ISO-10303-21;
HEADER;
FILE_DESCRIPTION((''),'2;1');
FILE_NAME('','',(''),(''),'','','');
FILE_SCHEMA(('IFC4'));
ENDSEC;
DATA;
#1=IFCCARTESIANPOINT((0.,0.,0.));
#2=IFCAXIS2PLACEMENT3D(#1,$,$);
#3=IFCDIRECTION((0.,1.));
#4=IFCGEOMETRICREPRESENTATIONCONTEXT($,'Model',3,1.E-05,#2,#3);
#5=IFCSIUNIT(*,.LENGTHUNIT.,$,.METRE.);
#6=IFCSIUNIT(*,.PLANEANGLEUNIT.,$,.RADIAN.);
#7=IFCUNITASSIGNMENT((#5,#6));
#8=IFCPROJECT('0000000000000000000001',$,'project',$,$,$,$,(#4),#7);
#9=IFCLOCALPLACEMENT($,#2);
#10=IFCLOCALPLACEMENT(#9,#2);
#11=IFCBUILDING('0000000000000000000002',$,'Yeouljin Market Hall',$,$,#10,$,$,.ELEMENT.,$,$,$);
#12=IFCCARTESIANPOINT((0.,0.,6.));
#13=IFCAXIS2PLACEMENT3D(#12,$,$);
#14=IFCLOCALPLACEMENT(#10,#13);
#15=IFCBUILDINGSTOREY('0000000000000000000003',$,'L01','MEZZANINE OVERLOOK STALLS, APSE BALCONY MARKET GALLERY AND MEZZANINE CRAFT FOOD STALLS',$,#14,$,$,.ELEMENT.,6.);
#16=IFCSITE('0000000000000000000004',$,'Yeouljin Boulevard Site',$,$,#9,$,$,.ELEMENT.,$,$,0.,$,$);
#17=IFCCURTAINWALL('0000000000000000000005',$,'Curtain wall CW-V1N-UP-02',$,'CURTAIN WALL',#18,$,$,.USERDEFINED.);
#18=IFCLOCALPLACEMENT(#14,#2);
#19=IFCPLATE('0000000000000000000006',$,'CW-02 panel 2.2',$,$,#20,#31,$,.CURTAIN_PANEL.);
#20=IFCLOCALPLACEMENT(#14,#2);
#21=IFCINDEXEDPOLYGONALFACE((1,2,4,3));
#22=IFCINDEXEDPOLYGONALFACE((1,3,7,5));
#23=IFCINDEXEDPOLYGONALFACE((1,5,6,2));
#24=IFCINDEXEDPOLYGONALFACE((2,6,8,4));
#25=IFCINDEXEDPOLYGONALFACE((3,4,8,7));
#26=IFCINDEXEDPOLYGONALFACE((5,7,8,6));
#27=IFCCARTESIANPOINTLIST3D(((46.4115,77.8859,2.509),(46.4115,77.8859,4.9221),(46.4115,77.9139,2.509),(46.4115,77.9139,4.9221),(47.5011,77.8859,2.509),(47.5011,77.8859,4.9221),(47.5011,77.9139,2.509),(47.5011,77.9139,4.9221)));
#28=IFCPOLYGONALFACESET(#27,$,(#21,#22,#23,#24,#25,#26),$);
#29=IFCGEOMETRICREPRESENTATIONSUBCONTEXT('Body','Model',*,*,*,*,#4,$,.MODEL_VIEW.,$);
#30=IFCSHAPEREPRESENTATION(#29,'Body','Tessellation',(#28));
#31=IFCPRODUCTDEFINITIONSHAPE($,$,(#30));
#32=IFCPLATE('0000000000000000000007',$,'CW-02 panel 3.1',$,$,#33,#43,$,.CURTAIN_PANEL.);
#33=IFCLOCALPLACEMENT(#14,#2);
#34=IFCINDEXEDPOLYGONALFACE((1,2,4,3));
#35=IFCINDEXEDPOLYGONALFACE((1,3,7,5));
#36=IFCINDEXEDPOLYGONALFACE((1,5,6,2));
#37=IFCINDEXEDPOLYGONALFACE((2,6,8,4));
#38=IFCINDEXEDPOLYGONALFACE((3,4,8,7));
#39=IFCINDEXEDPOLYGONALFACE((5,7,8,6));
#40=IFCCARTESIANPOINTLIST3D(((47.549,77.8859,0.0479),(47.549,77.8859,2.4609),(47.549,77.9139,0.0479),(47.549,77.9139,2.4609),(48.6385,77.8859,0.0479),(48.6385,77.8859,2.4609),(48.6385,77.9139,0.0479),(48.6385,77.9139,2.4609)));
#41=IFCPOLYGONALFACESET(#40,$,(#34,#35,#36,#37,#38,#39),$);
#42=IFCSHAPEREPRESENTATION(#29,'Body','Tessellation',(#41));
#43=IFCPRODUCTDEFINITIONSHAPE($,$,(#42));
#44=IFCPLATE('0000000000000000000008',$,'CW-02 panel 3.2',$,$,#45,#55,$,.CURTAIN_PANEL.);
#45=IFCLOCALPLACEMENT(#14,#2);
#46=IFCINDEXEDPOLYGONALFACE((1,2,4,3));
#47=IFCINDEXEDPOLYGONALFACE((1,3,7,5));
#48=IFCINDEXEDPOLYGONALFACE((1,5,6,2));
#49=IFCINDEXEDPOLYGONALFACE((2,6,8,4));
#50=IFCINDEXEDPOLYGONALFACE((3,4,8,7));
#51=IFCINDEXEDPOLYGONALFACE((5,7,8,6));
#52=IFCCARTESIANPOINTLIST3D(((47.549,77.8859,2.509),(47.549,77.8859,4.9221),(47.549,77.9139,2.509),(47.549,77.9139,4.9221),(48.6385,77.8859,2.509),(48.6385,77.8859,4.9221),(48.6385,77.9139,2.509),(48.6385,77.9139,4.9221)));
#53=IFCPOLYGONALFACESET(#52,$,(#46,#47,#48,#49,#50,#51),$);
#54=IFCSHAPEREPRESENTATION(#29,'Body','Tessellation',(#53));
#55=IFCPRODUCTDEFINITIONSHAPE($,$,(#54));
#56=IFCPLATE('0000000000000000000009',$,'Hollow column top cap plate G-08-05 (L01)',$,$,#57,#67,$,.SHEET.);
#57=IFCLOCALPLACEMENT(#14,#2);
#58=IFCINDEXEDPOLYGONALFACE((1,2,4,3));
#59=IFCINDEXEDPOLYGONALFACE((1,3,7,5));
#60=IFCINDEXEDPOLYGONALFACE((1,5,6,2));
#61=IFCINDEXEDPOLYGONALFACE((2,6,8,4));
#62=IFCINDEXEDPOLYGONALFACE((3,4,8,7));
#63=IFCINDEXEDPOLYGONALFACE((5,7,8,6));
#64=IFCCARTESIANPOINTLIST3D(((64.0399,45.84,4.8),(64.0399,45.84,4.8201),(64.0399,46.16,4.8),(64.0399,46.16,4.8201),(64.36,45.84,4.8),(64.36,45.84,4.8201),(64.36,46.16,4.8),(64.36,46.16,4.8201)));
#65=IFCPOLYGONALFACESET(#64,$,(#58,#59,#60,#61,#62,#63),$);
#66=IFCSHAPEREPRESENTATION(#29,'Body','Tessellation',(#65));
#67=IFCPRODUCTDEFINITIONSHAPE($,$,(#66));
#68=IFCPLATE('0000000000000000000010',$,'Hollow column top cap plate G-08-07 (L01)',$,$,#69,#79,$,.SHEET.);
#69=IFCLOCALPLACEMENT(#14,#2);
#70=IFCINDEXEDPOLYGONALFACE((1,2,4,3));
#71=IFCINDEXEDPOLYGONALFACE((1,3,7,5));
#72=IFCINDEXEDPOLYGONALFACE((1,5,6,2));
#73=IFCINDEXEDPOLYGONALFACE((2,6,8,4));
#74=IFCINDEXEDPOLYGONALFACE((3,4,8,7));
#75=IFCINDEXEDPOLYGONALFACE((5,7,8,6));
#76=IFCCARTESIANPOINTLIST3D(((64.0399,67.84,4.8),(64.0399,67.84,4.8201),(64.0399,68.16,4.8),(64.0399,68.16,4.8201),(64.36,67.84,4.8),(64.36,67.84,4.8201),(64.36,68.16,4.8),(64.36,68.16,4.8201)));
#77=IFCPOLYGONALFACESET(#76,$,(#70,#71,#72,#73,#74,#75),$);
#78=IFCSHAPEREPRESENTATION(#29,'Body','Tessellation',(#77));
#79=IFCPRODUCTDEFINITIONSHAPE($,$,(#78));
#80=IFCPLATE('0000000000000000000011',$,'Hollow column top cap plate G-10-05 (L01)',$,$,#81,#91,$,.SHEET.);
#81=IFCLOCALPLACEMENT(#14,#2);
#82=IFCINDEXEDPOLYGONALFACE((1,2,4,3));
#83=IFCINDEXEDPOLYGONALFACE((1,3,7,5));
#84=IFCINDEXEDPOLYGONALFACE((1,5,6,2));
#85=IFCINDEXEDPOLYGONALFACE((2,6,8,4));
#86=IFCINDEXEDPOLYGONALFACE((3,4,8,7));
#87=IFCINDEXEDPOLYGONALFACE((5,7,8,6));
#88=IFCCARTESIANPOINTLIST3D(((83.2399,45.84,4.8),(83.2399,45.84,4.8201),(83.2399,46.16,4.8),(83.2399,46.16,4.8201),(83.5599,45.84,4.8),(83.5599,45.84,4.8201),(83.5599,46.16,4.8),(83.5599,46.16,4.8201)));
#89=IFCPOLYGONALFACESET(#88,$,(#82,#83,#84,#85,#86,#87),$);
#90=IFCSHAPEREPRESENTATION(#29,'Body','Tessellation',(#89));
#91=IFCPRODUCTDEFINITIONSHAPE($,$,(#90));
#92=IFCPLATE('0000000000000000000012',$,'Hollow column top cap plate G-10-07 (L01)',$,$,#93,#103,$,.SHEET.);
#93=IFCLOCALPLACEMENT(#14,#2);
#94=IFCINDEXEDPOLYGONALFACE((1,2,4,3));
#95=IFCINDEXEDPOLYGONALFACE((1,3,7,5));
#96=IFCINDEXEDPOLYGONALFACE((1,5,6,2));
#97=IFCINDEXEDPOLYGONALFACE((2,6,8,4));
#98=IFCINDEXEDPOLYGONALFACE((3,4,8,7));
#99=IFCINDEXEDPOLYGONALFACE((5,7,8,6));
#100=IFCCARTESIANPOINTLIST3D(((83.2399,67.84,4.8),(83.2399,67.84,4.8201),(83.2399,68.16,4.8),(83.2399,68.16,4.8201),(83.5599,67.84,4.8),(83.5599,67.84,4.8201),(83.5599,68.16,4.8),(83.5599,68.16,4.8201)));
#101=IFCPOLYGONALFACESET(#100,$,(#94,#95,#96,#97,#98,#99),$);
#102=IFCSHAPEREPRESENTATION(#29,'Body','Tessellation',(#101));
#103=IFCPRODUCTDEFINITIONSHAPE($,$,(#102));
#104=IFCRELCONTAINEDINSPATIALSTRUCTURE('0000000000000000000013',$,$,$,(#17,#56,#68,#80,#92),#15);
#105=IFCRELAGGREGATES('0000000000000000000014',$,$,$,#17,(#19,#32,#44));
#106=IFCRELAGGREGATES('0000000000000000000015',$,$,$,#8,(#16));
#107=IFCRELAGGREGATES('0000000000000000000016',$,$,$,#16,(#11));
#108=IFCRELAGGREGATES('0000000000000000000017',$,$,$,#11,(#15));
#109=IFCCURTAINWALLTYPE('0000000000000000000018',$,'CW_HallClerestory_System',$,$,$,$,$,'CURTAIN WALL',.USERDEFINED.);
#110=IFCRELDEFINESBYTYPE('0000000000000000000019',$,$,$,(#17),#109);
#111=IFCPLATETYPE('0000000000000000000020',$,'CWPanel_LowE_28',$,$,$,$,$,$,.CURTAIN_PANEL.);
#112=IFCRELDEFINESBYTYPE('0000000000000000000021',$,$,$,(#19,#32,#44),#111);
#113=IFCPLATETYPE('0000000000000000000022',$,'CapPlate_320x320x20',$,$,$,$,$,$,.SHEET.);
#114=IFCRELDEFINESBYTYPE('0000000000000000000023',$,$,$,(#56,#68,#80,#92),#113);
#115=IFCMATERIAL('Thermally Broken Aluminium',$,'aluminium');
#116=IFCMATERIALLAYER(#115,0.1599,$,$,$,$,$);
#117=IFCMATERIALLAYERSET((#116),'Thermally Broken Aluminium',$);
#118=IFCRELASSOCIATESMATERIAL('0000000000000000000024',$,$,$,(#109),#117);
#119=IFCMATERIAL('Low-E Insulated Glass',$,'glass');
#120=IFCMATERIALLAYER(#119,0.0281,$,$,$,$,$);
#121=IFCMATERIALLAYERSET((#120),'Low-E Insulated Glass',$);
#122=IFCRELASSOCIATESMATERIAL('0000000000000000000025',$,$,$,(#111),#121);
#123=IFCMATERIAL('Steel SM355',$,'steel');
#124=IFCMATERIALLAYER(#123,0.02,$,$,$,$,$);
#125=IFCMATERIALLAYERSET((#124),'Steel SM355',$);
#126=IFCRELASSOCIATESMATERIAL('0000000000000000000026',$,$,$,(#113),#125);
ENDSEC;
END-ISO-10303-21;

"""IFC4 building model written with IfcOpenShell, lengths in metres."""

from ifc_helpers import new_model, si_unit, direction, frame, origin, origin_2d, place, context, subcontext, project, spatial, rectangle, extrude, material, layer, layer_set, type_object, element, aggregate, save


model = new_model("IFC4")

# Units and contexts
model_context = context("Model", 3, precision=1e-05, world=origin(), true_north=direction((0.0, 1.0)))
body_context = subcontext(model_context, "Body", "Model", "MODEL_VIEW")
ifc_project = project(units=[si_unit("LENGTHUNIT", "METRE"), si_unit("PLANEANGLEUNIT", "RADIAN")], contexts=[model_context])

# Site, building, storey
site_placement = place(None, origin())
site = spatial("IfcSite", under=ifc_project, at=site_placement, Name="Yeouljin Boulevard Site", CompositionType="ELEMENT", RefElevation=0.0)
building_placement = place(site_placement, origin())
building = spatial("IfcBuilding", under=site, at=building_placement, Name="Yeouljin Market Hall", CompositionType="ELEMENT")
storey_placement = place(building_placement, frame((0.0, 0.0, 6.0)))
storey = spatial("IfcBuildingStorey", under=building, at=storey_placement, Name="L01", Description="MEZZANINE OVERLOOK STALLS, APSE BALCONY MARKET GALLERY AND MEZZANINE CRAFT FOOD STALLS", CompositionType="ELEMENT", Elevation=6.0)

# Curtain wall
ifc_material_1 = material(Name="Thermally Broken Aluminium", Category="aluminium")
ifc_layer_1 = layer(ifc_material_1, 0.1599)
ifc_layer_set_1 = layer_set([ifc_layer_1], Name="Thermally Broken Aluminium")
curtain_wall_type = type_object("IfcCurtainWallType", Name="CW_HallClerestory_System", ElementType="CURTAIN WALL", PredefinedType="USERDEFINED", material=ifc_layer_set_1)
curtain_wall_placement = place(storey_placement, origin())
curtain_wall = element("IfcCurtainWall", 1, at=curtain_wall_placement, inside=storey, type_object=curtain_wall_type, Name="Curtain wall CW-V1N-UP-02", ObjectType="CURTAIN WALL", PredefinedType="USERDEFINED")

# Plates
ifc_material_2 = material(Name="Low-E Insulated Glass", Category="glass")
ifc_layer_2 = layer(ifc_material_2, 0.0281)
ifc_layer_set_2 = layer_set([ifc_layer_2], Name="Low-E Insulated Glass")
plate_type_1 = type_object("IfcPlateType", Name="CWPanel_LowE_28", PredefinedType="CURTAIN_PANEL", material=ifc_layer_set_2)
plate_1_placement = place(storey_placement, frame((46.9563, 77.8999, 2.509), z_axis=(0.0, 0.0, 1.0), x_axis=(1.0, 0.0, 0.0)))
plate_1 = element("IfcPlate", 2, at=plate_1_placement, type_object=plate_type_1, Name="CW-02 panel 2.2", PredefinedType="CURTAIN_PANEL", context=body_context, shape_type="SweptSolid", body=[
    extrude(rectangle(XDim=1.0896, YDim=0.0281, at=origin_2d()), origin(), (0.0, 0.0, 1.0), 2.4131),
])
plate_2_placement = place(storey_placement, frame((48.0938, 77.8999, 0.0479), z_axis=(0.0, 0.0, 1.0), x_axis=(1.0, 0.0, 0.0)))
plate_2 = element("IfcPlate", 3, at=plate_2_placement, type_object=plate_type_1, Name="CW-02 panel 3.1", PredefinedType="CURTAIN_PANEL", context=body_context, shape_type="SweptSolid", body=[
    extrude(rectangle(XDim=1.0896, YDim=0.0281, at=origin_2d()), origin(), (0.0, 0.0, 1.0), 2.4131),
])
plate_3_placement = place(storey_placement, frame((48.0938, 77.8999, 2.509), z_axis=(0.0, 0.0, 1.0), x_axis=(1.0, 0.0, 0.0)))
plate_3 = element("IfcPlate", 4, at=plate_3_placement, type_object=plate_type_1, Name="CW-02 panel 3.2", PredefinedType="CURTAIN_PANEL", context=body_context, shape_type="SweptSolid", body=[
    extrude(rectangle(XDim=1.0896, YDim=0.0281, at=origin_2d()), origin(), (0.0, 0.0, 1.0), 2.4131),
])
aggregate(curtain_wall, [plate_1, plate_2, plate_3])

# Plates
ifc_material_3 = material(Name="Steel SM355", Category="steel")
ifc_layer_3 = layer(ifc_material_3, 0.02)
ifc_layer_set_3 = layer_set([ifc_layer_3], Name="Steel SM355")
plate_type_2 = type_object("IfcPlateType", Name="CapPlate_320x320x20", PredefinedType="SHEET", material=ifc_layer_set_3)
for number, where, z_axis, x_axis, name in (
    (5, (64.2, 46.0, 4.8), (0.0, 0.0, 1.0), (1.0, 0.0, 0.0), "Hollow column top cap plate G-08-05 (L01)"),
    (6, (64.2, 68.0, 4.8), (0.0, 0.0, 1.0), (1.0, 0.0, 0.0), "Hollow column top cap plate G-08-07 (L01)"),
    (7, (83.3999, 46.0, 4.8), (0.0, 0.0, 1.0), (1.0, 0.0, 0.0), "Hollow column top cap plate G-10-05 (L01)"),
    (8, (83.3999, 68.0, 4.8), (0.0, 0.0, 1.0), (1.0, 0.0, 0.0), "Hollow column top cap plate G-10-07 (L01)"),
):
    element("IfcPlate", number, at=place(storey_placement, frame(where, z_axis=z_axis, x_axis=x_axis)), inside=storey, type_object=plate_type_2, Name=name, PredefinedType="SHEET", context=body_context, shape_type="SweptSolid", body=[
        extrude(rectangle(XDim=0.3201, YDim=0.3201, at=origin_2d()), origin(), (0.0, 0.0, 1.0), 0.02),
    ])

save(model, "model.ifc")
